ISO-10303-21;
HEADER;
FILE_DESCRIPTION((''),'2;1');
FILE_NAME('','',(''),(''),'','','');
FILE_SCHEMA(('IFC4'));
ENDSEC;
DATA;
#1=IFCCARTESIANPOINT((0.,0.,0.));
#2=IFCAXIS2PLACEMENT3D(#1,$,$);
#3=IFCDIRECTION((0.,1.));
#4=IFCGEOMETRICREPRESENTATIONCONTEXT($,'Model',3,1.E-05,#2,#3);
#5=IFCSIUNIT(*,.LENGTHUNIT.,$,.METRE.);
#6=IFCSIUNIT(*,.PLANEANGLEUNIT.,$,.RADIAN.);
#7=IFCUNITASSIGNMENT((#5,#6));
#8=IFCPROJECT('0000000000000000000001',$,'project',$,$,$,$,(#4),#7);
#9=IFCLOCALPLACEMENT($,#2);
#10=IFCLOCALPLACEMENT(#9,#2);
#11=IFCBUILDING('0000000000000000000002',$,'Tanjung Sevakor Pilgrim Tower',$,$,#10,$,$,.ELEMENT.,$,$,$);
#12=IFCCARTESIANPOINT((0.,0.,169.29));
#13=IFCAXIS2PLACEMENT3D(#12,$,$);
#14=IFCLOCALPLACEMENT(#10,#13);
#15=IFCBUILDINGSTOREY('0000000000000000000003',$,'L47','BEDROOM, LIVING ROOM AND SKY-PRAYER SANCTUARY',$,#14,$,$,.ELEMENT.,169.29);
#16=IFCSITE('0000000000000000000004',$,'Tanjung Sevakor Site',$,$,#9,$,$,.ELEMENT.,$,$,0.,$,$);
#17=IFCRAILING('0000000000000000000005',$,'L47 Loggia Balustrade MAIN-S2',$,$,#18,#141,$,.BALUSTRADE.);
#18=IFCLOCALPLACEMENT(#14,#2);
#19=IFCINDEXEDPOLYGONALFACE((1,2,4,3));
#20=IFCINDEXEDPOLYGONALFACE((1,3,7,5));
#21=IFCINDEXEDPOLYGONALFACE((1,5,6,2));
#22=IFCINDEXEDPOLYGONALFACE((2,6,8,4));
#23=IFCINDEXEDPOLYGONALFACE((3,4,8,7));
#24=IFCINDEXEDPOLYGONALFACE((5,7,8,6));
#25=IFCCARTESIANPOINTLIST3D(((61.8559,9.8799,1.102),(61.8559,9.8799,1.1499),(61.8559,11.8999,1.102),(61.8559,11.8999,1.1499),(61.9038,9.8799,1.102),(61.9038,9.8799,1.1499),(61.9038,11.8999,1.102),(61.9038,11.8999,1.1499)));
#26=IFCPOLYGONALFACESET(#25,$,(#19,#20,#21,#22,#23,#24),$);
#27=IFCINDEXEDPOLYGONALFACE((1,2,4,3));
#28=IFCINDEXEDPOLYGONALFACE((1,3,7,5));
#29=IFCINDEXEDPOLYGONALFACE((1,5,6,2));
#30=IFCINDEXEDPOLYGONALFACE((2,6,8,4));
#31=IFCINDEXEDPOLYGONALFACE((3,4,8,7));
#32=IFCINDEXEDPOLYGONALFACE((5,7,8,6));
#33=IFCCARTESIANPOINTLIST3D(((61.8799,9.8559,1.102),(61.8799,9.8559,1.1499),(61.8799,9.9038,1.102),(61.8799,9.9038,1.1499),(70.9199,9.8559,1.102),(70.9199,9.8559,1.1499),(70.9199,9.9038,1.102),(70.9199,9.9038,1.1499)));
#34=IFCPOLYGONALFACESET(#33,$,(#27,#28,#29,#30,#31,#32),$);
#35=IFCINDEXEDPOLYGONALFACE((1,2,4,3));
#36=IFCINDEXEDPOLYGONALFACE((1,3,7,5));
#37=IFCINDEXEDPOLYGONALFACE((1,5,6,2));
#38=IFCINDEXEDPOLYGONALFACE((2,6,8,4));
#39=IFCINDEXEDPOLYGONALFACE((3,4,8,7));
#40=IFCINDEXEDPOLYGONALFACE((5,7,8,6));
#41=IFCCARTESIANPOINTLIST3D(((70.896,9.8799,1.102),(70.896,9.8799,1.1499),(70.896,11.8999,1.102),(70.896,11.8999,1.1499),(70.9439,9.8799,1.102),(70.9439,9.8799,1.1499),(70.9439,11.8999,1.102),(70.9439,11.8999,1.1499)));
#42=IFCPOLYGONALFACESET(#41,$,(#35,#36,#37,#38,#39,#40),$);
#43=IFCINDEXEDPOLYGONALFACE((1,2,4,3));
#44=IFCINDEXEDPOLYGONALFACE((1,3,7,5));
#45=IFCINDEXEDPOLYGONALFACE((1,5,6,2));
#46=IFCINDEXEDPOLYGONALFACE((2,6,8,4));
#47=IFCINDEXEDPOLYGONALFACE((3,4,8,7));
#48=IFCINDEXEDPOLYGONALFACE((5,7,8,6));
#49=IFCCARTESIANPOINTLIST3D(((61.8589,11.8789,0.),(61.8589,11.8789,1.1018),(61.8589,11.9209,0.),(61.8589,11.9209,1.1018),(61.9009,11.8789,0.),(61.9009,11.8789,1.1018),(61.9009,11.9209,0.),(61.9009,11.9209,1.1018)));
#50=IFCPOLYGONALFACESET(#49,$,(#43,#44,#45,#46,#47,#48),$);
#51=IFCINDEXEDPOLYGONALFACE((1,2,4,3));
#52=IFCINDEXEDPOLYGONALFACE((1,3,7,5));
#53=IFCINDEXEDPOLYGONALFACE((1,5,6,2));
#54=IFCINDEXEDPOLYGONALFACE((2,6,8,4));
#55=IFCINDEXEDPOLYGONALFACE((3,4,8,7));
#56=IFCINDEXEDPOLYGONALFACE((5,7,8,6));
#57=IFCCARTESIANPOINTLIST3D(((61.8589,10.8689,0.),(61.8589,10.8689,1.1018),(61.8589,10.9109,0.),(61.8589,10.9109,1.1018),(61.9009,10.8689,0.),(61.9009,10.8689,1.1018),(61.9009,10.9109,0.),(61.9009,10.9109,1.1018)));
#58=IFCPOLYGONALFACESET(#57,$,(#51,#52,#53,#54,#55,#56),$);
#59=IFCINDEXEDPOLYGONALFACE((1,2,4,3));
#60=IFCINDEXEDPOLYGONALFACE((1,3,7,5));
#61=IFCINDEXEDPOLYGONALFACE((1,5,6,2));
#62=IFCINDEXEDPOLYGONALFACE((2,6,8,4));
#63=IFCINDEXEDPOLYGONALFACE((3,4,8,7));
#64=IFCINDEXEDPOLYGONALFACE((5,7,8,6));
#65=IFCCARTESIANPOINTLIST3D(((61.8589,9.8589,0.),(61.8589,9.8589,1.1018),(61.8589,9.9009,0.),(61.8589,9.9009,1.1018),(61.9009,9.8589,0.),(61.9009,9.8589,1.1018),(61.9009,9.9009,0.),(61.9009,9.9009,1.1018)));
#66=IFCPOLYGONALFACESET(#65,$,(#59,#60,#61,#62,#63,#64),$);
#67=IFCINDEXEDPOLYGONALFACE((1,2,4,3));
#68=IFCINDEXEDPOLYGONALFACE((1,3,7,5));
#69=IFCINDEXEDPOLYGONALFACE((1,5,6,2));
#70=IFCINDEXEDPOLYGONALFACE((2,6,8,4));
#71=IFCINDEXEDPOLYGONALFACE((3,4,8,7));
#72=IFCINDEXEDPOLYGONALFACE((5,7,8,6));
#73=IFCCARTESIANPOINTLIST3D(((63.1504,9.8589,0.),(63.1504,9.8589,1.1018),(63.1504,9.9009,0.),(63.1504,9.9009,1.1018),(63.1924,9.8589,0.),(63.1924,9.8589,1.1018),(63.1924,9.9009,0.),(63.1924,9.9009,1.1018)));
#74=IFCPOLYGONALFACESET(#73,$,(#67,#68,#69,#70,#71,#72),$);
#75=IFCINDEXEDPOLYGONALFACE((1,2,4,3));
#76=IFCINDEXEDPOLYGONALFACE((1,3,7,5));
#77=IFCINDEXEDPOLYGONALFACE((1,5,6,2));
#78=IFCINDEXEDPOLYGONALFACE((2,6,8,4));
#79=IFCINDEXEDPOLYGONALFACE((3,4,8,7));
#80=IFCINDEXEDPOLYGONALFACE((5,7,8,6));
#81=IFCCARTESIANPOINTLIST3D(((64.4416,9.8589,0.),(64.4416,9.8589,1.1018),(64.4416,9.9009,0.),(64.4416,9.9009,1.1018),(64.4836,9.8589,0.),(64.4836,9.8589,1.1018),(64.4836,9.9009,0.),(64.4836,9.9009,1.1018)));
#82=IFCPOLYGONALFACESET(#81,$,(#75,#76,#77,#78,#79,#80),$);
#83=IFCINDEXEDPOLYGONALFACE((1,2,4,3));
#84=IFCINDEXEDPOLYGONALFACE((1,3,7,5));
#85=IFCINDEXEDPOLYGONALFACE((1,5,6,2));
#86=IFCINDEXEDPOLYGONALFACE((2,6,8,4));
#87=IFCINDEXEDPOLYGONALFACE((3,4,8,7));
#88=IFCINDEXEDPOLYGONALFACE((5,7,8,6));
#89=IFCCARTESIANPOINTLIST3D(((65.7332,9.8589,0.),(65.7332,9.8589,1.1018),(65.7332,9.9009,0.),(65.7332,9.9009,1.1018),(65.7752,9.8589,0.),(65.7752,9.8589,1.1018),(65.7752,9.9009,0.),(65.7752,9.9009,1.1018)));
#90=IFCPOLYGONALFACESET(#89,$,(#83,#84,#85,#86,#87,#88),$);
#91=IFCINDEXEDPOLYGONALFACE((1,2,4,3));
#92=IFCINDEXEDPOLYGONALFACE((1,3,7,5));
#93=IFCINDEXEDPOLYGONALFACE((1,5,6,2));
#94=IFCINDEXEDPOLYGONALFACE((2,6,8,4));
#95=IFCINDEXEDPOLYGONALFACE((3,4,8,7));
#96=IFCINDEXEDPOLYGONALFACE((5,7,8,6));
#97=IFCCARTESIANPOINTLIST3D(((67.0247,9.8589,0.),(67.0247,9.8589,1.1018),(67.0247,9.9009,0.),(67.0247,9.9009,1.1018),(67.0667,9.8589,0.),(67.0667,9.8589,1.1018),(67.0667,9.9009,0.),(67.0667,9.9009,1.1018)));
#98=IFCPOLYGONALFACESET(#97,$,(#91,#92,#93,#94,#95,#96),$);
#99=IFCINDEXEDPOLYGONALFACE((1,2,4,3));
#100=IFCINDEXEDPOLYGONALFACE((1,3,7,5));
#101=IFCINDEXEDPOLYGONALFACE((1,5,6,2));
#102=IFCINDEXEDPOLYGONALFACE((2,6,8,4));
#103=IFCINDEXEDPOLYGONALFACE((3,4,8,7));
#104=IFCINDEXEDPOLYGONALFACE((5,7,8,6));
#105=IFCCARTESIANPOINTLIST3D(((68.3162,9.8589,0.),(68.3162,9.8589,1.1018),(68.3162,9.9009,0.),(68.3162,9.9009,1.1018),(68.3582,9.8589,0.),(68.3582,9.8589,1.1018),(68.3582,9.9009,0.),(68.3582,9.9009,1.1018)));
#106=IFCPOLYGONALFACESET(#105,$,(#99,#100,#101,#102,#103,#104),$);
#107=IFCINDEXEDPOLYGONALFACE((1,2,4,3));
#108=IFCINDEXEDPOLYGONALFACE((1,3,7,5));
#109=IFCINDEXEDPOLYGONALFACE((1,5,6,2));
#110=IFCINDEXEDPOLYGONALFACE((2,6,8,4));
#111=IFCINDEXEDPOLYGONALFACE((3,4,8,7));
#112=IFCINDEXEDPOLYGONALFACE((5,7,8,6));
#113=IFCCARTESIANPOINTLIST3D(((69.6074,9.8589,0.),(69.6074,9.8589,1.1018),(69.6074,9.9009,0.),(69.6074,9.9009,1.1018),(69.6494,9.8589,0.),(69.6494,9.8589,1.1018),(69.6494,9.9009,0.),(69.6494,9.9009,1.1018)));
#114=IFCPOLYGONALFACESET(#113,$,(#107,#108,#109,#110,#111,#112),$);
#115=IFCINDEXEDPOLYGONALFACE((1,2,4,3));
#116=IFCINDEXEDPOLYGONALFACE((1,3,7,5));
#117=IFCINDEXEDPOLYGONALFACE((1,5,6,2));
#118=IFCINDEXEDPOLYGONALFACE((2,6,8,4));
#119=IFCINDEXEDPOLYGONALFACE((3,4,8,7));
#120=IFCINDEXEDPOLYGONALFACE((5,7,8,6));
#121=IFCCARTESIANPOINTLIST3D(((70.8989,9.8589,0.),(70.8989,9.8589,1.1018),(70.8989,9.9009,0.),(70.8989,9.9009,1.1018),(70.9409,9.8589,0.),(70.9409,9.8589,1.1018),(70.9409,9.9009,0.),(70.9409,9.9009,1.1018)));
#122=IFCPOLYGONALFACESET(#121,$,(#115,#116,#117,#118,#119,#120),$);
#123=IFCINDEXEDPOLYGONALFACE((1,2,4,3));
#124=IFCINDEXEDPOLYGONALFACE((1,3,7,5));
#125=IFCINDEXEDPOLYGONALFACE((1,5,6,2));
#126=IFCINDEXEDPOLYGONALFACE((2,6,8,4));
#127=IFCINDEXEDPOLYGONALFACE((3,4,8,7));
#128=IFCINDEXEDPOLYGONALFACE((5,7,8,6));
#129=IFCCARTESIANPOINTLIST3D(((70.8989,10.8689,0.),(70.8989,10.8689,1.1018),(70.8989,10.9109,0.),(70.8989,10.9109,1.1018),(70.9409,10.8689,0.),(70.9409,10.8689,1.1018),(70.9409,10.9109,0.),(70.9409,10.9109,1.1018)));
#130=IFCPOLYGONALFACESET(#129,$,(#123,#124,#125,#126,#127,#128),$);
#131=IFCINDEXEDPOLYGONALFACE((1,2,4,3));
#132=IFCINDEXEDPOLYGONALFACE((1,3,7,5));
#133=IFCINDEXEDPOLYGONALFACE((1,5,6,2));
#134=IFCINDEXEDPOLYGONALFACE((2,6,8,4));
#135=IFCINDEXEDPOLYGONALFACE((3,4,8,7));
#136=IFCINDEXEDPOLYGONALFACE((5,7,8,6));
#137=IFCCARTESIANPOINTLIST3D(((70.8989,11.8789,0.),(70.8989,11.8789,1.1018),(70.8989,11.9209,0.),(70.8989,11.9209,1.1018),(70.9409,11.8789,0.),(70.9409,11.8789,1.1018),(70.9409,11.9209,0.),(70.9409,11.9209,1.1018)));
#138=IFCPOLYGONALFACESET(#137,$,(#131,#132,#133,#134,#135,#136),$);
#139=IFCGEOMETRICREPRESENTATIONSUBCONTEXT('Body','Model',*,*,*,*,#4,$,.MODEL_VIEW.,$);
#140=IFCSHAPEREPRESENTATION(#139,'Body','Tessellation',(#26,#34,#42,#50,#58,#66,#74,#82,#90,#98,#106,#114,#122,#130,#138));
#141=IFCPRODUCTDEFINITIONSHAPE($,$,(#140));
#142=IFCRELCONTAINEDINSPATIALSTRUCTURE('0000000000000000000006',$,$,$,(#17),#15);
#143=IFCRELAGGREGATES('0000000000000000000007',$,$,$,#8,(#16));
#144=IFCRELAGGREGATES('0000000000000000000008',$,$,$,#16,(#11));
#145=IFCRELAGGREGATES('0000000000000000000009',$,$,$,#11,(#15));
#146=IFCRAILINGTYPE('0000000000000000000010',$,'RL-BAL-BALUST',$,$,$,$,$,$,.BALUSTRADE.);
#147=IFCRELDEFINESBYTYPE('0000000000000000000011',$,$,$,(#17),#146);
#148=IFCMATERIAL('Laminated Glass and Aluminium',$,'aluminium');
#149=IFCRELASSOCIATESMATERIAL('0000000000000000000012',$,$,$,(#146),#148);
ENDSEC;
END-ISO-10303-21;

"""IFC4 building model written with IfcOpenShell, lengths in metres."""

from ifc_helpers import new_model, si_unit, direction, frame, origin, place, context, subcontext, project, spatial, rectangle, extrude, material, type_object, element, save


model = new_model("IFC4")

# Units and contexts
model_context = context("Model", 3, precision=1e-05, world=origin(), true_north=direction((0.0, 1.0)))
body_context = subcontext(model_context, "Body", "Model", "MODEL_VIEW")
ifc_project = project(units=[si_unit("LENGTHUNIT", "METRE"), si_unit("PLANEANGLEUNIT", "RADIAN")], contexts=[model_context])

# Site, building, storey
site_placement = place(None, origin())
site = spatial("IfcSite", under=ifc_project, at=site_placement, Name="Tanjung Sevakor Site", CompositionType="ELEMENT", RefElevation=0.0)
building_placement = place(site_placement, origin())
building = spatial("IfcBuilding", under=site, at=building_placement, Name="Tanjung Sevakor Pilgrim Tower", CompositionType="ELEMENT")
storey_placement = place(building_placement, frame((0.0, 0.0, 169.29)))
storey = spatial("IfcBuildingStorey", under=building, at=storey_placement, Name="L47", Description="BEDROOM, LIVING ROOM AND SKY-PRAYER SANCTUARY", CompositionType="ELEMENT", Elevation=169.29)

# Railing
ifc_material_1 = material(Name="Laminated Glass and Aluminium", Category="aluminium")
railing_type = type_object("IfcRailingType", Name="RL-BAL-BALUST", PredefinedType="BALUSTRADE", material=ifc_material_1)
railing_placement = place(storey_placement, frame((61.8799, 11.8999, 0.0)))
element("IfcRailing", 1, at=railing_placement, inside=storey, type_object=railing_type, Name="L47 Loggia Balustrade MAIN-S2", PredefinedType="BALUSTRADE", context=body_context, shape_type="SweptSolid", body=[
    extrude(rectangle(XDim=0.0479, YDim=0.0479), frame((0.0, 0.0, 1.126), z_axis=(0.0, -1.0, 0.0), x_axis=(1.0, 0.0, 0.0)), (0.0, 0.0, 1.0), 2.02),
    extrude(rectangle(XDim=0.0479, YDim=0.0479), frame((0.0, -2.02, 1.126), z_axis=(1.0, 0.0, 0.0), x_axis=(0.0, 1.0, 0.0)), (0.0, 0.0, 1.0), 9.04),
    extrude(rectangle(XDim=0.0479, YDim=0.0479), frame((9.04, -2.02, 1.126), z_axis=(0.0, 1.0, 0.0), x_axis=(-1.0, 0.0, 0.0)), (0.0, 0.0, 1.0), 2.02),
    extrude(rectangle(XDim=0.042, YDim=0.042), origin(), (0.0, 0.0, 1.0), 1.1018),
    extrude(rectangle(XDim=0.042, YDim=0.042), frame((0.0, -1.01, 0.0)), (0.0, 0.0, 1.0), 1.1018),
    extrude(rectangle(XDim=0.042, YDim=0.042), frame((0.0, -2.02, 0.0)), (0.0, 0.0, 1.0), 1.1018),
    extrude(rectangle(XDim=0.042, YDim=0.042), frame((1.2915, -2.02, 0.0)), (0.0, 0.0, 1.0), 1.1018),
    extrude(rectangle(XDim=0.042, YDim=0.042), frame((2.5828, -2.02, 0.0)), (0.0, 0.0, 1.0), 1.1018),
    extrude(rectangle(XDim=0.042, YDim=0.042), frame((3.8743, -2.02, 0.0)), (0.0, 0.0, 1.0), 1.1018),
    extrude(rectangle(XDim=0.042, YDim=0.042), frame((5.1658, -2.02, 0.0)), (0.0, 0.0, 1.0), 1.1018),
    extrude(rectangle(XDim=0.042, YDim=0.042), frame((6.4573, -2.02, 0.0)), (0.0, 0.0, 1.0), 1.1018),
    extrude(rectangle(XDim=0.042, YDim=0.042), frame((7.7485, -2.02, 0.0)), (0.0, 0.0, 1.0), 1.1018),
    extrude(rectangle(XDim=0.042, YDim=0.042), frame((9.04, -2.02, 0.0)), (0.0, 0.0, 1.0), 1.1018),
    extrude(rectangle(XDim=0.042, YDim=0.042), frame((9.04, -1.01, 0.0)), (0.0, 0.0, 1.0), 1.1018),
    extrude(rectangle(XDim=0.042, YDim=0.042), frame((9.04, 0.0, 0.0)), (0.0, 0.0, 1.0), 1.1018),
])

save(model, "model.ifc")
